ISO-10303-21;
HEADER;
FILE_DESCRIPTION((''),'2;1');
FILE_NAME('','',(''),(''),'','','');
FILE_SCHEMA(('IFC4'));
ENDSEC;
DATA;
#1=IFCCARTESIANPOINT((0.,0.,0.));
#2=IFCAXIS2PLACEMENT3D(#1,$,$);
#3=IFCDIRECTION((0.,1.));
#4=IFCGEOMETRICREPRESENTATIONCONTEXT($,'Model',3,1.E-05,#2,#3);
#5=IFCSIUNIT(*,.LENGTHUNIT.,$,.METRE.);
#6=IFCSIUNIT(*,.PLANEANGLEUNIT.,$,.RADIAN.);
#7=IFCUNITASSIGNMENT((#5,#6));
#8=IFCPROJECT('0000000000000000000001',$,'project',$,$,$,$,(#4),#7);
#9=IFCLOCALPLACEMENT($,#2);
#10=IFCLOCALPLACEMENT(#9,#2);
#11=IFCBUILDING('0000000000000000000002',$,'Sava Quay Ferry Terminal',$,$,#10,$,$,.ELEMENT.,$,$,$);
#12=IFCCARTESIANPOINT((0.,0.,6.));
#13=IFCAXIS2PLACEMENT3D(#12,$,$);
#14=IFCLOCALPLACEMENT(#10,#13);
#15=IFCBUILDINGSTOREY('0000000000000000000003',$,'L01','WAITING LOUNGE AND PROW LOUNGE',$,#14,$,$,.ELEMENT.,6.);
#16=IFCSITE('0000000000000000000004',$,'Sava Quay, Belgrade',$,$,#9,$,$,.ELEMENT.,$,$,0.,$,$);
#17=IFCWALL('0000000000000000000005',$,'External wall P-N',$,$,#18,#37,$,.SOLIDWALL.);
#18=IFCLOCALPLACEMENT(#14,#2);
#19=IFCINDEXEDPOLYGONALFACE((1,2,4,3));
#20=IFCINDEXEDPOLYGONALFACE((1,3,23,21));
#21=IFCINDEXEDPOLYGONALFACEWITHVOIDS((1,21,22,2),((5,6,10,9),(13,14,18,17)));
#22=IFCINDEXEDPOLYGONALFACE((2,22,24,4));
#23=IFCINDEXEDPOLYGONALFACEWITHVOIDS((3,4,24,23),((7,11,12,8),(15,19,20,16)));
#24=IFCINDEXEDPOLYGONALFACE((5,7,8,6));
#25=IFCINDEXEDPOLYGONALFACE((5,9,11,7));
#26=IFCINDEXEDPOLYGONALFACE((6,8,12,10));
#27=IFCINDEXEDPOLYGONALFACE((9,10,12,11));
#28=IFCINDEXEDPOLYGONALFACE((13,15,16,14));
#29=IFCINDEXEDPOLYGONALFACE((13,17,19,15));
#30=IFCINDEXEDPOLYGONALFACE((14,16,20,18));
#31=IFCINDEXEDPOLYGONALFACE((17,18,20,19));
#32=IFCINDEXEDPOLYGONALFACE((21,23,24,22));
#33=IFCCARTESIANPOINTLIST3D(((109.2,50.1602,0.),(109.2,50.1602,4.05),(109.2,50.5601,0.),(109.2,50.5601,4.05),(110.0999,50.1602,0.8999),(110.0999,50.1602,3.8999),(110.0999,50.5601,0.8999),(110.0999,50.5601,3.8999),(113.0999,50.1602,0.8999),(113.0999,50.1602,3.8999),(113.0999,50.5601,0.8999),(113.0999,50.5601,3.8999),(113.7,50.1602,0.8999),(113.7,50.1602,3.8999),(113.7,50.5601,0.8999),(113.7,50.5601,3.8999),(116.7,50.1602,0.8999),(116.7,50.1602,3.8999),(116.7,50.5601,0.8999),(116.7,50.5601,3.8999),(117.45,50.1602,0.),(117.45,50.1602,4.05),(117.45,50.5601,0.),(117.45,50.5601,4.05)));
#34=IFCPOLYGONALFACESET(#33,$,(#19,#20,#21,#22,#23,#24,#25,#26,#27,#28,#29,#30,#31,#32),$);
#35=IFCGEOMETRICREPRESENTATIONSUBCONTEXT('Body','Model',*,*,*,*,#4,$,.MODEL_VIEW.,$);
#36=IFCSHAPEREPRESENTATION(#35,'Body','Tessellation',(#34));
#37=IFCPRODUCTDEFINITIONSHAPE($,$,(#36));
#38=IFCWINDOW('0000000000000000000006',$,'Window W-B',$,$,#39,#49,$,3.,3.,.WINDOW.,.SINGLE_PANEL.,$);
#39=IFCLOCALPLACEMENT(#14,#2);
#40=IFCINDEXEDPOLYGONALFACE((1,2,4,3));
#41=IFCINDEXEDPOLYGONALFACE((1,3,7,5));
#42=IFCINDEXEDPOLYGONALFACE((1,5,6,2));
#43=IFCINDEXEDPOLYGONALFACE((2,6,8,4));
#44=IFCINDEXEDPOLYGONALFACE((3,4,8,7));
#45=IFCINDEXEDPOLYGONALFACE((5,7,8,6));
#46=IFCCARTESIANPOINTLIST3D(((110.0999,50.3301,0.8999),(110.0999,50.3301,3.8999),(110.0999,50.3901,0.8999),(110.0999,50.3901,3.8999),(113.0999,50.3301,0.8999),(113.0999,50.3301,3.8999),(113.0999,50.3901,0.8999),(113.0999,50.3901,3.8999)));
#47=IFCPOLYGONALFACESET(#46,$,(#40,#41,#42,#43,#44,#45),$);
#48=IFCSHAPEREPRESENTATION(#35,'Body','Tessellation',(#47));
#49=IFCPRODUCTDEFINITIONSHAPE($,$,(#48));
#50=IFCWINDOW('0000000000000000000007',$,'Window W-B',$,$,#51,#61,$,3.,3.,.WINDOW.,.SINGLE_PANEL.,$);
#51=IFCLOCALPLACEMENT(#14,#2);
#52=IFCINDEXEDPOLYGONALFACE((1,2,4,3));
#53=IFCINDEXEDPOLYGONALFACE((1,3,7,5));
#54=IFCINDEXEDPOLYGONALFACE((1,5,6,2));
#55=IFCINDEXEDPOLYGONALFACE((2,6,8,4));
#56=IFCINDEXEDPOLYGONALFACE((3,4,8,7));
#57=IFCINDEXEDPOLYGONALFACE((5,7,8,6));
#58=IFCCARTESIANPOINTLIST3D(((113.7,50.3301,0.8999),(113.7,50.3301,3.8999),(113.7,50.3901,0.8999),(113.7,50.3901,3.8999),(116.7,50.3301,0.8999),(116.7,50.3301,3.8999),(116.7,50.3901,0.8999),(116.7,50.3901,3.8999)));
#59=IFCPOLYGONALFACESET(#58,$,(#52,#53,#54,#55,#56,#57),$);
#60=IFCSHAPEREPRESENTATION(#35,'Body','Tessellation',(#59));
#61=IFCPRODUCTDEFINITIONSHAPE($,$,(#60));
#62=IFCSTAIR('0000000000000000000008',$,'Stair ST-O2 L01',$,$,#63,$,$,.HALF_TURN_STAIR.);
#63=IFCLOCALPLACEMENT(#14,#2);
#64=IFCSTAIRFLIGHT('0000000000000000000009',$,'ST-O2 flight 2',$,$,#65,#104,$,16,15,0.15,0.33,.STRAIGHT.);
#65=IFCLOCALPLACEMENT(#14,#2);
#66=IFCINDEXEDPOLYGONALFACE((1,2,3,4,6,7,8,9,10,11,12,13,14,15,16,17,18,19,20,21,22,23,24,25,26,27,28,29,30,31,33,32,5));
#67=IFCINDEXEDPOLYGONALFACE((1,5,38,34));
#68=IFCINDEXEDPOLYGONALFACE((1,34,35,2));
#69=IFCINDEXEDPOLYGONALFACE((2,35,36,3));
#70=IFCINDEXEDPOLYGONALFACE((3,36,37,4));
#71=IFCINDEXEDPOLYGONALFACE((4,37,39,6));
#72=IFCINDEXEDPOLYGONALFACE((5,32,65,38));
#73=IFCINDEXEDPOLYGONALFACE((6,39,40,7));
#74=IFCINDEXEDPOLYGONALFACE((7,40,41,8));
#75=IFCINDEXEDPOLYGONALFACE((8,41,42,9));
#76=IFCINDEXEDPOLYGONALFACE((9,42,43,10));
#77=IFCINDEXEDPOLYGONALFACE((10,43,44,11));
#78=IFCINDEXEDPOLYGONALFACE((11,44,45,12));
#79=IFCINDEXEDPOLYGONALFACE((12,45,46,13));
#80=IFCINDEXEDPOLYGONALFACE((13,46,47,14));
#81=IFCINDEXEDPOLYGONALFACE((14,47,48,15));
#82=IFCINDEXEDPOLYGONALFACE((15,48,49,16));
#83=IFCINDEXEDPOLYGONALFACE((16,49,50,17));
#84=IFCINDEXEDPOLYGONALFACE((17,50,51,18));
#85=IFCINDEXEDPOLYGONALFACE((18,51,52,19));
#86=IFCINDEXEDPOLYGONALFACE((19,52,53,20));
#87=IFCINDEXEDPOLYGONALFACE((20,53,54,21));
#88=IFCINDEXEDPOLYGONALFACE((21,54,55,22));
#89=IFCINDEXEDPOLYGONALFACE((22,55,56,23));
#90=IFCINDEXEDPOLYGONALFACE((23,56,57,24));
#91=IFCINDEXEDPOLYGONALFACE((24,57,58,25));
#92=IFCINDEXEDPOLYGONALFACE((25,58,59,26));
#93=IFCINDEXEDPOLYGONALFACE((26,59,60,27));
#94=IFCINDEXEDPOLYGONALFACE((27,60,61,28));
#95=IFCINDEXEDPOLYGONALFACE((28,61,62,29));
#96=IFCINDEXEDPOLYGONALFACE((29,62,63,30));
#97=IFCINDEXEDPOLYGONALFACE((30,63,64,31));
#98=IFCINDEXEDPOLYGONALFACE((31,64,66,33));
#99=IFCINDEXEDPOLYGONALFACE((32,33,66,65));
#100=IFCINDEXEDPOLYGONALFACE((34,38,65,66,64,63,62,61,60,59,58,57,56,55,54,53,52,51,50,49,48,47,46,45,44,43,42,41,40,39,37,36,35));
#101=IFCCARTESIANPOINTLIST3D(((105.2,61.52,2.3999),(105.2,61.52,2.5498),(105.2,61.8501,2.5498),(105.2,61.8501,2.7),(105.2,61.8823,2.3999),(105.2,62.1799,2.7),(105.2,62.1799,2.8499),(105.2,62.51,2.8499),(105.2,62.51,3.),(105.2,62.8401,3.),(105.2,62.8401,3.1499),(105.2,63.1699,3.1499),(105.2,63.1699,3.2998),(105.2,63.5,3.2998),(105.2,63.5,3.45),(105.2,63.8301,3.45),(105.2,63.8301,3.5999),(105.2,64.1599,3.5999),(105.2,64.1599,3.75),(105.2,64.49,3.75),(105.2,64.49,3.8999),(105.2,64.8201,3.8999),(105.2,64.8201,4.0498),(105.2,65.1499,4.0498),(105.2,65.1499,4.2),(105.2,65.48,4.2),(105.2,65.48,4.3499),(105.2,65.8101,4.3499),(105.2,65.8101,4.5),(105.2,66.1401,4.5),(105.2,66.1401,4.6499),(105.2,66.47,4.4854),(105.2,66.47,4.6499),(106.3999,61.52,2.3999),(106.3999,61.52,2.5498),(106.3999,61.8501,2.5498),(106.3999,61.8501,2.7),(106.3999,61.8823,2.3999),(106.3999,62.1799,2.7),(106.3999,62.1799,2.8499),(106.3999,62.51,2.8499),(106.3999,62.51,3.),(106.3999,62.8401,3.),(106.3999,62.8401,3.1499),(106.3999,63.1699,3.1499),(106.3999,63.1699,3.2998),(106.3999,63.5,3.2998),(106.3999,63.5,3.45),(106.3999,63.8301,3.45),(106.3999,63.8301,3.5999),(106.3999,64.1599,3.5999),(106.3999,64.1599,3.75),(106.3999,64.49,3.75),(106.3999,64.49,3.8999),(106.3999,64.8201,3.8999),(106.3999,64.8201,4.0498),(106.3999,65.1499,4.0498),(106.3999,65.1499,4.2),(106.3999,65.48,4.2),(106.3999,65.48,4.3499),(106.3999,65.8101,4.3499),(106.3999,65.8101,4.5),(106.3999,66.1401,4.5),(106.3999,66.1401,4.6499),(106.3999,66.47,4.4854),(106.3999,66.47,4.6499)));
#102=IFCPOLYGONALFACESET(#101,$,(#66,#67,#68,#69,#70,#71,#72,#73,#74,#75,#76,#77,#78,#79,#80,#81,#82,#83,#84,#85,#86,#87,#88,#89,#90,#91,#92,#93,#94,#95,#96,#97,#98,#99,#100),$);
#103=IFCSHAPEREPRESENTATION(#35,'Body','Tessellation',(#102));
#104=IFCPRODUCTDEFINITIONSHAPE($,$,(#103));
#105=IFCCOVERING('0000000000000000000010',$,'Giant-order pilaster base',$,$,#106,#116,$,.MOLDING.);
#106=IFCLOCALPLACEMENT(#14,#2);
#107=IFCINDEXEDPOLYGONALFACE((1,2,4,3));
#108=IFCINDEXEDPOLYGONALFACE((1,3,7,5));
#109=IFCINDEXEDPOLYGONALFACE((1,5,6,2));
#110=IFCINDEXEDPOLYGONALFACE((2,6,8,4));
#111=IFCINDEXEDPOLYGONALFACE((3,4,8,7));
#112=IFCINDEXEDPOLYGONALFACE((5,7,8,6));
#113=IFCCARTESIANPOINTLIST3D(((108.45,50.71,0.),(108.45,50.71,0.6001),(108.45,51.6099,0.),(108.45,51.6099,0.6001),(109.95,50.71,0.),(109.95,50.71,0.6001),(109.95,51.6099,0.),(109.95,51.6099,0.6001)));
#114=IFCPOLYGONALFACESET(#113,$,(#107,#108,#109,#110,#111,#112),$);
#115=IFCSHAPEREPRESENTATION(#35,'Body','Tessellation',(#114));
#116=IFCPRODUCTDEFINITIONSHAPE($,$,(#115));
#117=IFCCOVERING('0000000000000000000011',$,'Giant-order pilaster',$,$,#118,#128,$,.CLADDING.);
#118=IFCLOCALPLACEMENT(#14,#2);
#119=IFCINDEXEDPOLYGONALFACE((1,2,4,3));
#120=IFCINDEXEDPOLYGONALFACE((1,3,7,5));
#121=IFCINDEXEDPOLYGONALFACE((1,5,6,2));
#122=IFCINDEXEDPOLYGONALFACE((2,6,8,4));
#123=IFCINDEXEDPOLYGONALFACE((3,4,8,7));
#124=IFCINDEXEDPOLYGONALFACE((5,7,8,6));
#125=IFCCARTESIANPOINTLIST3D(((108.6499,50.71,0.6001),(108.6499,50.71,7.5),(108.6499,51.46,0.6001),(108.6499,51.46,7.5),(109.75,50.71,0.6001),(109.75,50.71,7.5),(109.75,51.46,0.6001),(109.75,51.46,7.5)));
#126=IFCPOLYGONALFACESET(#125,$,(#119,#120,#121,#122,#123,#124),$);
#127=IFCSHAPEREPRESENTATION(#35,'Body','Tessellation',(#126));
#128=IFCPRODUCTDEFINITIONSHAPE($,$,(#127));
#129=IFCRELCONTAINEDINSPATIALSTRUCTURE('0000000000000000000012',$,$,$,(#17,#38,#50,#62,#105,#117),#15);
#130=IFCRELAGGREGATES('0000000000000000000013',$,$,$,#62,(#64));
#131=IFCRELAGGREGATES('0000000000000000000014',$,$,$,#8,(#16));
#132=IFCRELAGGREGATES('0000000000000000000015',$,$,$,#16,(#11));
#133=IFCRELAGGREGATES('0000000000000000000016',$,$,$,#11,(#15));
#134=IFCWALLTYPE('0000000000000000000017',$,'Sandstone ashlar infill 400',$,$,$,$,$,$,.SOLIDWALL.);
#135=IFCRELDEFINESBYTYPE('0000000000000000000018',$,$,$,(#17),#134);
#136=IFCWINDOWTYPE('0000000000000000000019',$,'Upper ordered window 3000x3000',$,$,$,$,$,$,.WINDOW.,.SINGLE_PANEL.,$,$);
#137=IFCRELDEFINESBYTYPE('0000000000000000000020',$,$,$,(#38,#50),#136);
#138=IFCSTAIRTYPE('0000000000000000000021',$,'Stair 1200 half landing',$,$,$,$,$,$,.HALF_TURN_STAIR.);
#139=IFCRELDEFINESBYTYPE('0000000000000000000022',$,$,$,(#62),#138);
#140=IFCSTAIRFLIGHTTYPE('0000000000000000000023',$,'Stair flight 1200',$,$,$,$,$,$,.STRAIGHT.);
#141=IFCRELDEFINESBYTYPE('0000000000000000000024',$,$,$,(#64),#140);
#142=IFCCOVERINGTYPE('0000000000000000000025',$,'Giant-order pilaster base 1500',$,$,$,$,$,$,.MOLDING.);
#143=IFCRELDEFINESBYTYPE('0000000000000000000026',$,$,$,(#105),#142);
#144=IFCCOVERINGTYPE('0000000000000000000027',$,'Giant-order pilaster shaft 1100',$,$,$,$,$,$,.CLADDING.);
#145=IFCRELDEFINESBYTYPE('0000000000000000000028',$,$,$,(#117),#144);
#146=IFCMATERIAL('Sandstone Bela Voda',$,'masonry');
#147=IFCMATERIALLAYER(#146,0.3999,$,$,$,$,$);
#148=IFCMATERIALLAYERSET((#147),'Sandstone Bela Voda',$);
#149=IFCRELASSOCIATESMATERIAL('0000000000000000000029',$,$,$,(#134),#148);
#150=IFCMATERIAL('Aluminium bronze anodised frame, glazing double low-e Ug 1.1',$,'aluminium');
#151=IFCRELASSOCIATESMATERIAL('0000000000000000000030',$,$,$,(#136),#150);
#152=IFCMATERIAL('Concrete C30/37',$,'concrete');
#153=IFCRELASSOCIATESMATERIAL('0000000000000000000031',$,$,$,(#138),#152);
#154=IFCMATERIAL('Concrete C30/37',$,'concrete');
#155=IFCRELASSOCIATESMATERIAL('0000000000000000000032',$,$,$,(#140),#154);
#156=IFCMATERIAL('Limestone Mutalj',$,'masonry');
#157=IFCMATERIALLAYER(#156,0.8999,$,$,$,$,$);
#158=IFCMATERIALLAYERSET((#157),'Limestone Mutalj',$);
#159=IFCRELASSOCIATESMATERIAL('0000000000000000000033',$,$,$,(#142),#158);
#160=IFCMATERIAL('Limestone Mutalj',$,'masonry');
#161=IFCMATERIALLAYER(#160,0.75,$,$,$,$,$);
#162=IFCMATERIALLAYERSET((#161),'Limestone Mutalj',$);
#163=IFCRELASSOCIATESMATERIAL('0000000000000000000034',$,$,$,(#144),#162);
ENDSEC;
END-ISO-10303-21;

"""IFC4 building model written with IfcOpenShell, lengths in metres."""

from ifc_helpers import new_model, si_unit, direction, frame, frame_2d, origin, origin_2d, place, context, subcontext, project, spatial, polyline, rectangle, outline, extrude, material, layer, layer_set, type_object, element, fill, aggregate, save


model = new_model("IFC4")

# Units and contexts
model_context = context("Model", 3, precision=1e-05, world=origin(), true_north=direction((0.0, 1.0)))
body_context = subcontext(model_context, "Body", "Model", "MODEL_VIEW")
ifc_project = project(units=[si_unit("LENGTHUNIT", "METRE"), si_unit("PLANEANGLEUNIT", "RADIAN")], contexts=[model_context])

# Site, building, storey
site_placement = place(None, origin())
site = spatial("IfcSite", under=ifc_project, at=site_placement, Name="Sava Quay, Belgrade", CompositionType="ELEMENT", RefElevation=0.0)
building_placement = place(site_placement, origin())
building = spatial("IfcBuilding", under=site, at=building_placement, Name="Sava Quay Ferry Terminal", CompositionType="ELEMENT")
storey_placement = place(building_placement, frame((0.0, 0.0, 6.0)))
storey = spatial("IfcBuildingStorey", under=building, at=storey_placement, Name="L01", Description="WAITING LOUNGE AND PROW LOUNGE", CompositionType="ELEMENT", Elevation=6.0)

# Wall, openings, windows
ifc_material_1 = material(Name="Sandstone Bela Voda", Category="masonry")
ifc_layer_1 = layer(ifc_material_1, 0.3999)
ifc_layer_set_1 = layer_set([ifc_layer_1], Name="Sandstone Bela Voda")
wall_type_1 = type_object("IfcWallType", Name="Sandstone ashlar infill 400", PredefinedType="SOLIDWALL", material=ifc_layer_set_1)
wall_1_placement = place(storey_placement, frame((109.2, 50.3601, 0.0), z_axis=(0.0, 0.0, 1.0), x_axis=(1.0, 0.0, 0.0)))
wall_1 = element("IfcWall", 1, at=wall_1_placement, inside=storey, type_object=wall_type_1, Name="External wall P-N", PredefinedType="SOLIDWALL", context=body_context, shape_type="SweptSolid", body=[
    extrude(rectangle(XDim=8.25, YDim=0.3999, at=frame_2d((4.125, 0.0))), origin(), (0.0, 0.0, 1.0), 4.05),
])
opening_1_placement = place(wall_1_placement, frame((0.8999, 0.0, 0.8999)))
opening_1 = element("IfcOpeningElement", 2, at=opening_1_placement, cuts=wall_1, PredefinedType="OPENING", context=body_context, shape_type="SweptSolid", body=[
    extrude(rectangle(XDim=3.0, YDim=3.0, at=frame_2d((1.5, 1.5))), frame((0.0, 0.2, 0.0), z_axis=(0.0, -1.0, 0.0), x_axis=(1.0, 0.0, 0.0)), (0.0, 0.0, 1.0), 0.3999),
])
opening_2_placement = place(wall_1_placement, frame((4.5, 0.0, 0.8999)))
opening_2 = element("IfcOpeningElement", 3, at=opening_2_placement, cuts=wall_1, PredefinedType="OPENING", context=body_context, shape_type="SweptSolid", body=[
    extrude(rectangle(XDim=3.0, YDim=3.0, at=frame_2d((1.5, 1.5))), frame((0.0, 0.2, 0.0), z_axis=(0.0, -1.0, 0.0), x_axis=(1.0, 0.0, 0.0)), (0.0, 0.0, 1.0), 0.3999),
])
ifc_material_2 = material(Name="Aluminium bronze anodised frame, glazing double low-e Ug 1.1", Category="aluminium")
window_type = type_object("IfcWindowType", Name="Upper ordered window 3000x3000", PartitioningType="SINGLE_PANEL", PredefinedType="WINDOW", material=ifc_material_2)
window_1_placement = place(opening_1_placement, origin())
window_1 = element("IfcWindow", 4, at=window_1_placement, inside=storey, type_object=window_type, Name="Window W-B", OverallHeight=3.0, OverallWidth=3.0, PartitioningType="SINGLE_PANEL", PredefinedType="WINDOW", context=body_context, shape_type="SweptSolid", body=[
    extrude(rectangle(XDim=3.0, YDim=3.0, at=frame_2d((1.5, 1.5))), frame((0.0, 0.03, 0.0), z_axis=(0.0, -1.0, 0.0), x_axis=(1.0, 0.0, 0.0)), (0.0, 0.0, 1.0), 0.0601),
])
fill(opening_1, window_1)
window_2_placement = place(opening_2_placement, origin())
window_2 = element("IfcWindow", 5, at=window_2_placement, inside=storey, type_object=window_type, Name="Window W-B", OverallHeight=3.0, OverallWidth=3.0, PartitioningType="SINGLE_PANEL", PredefinedType="WINDOW", context=body_context, shape_type="SweptSolid", body=[
    extrude(rectangle(XDim=3.0, YDim=3.0, at=frame_2d((1.5, 1.5))), frame((0.0, 0.03, 0.0), z_axis=(0.0, -1.0, 0.0), x_axis=(1.0, 0.0, 0.0)), (0.0, 0.0, 1.0), 0.0601),
])
fill(opening_2, window_2)

# Stair, stair flight
ifc_material_3 = material(Name="Concrete C30/37", Category="concrete")
stair_type = type_object("IfcStairType", Name="Stair 1200 half landing", PredefinedType="HALF_TURN_STAIR", material=ifc_material_3)
stair_placement = place(storey_placement, origin())
stair = element("IfcStair", 6, at=stair_placement, inside=storey, type_object=stair_type, Name="Stair ST-O2 L01", PredefinedType="HALF_TURN_STAIR")
ifc_material_4 = material(Name="Concrete C30/37", Category="concrete")
stair_flight_type = type_object("IfcStairFlightType", Name="Stair flight 1200", PredefinedType="STRAIGHT", material=ifc_material_4)
stair_flight_placement = place(storey_placement, frame((105.8, 61.52, 2.3999), z_axis=(0.0, 0.0, 1.0), x_axis=(0.0, 1.0, 0.0)))
stair_flight = element("IfcStairFlight", 7, at=stair_flight_placement, type_object=stair_flight_type, Name="ST-O2 flight 2", NumberOfRisers=16, NumberOfTreads=15, PredefinedType="STRAIGHT", RiserHeight=0.15, TreadLength=0.33, context=body_context, shape_type="SweptSolid", body=[
    extrude(outline(polyline([(0.0, 0.0), (0.0, 0.1499), (0.3301, 0.1499), (0.3301, 0.3), (0.6599, 0.3), (0.6599, 0.45), (0.99, 0.45), (0.99, 0.6001), (1.3201, 0.6001), (1.3201, 0.75), (1.6499, 0.75), (1.6499, 0.8999), (1.98, 0.8999), (1.98, 1.05), (2.3101, 1.05), (2.3101, 1.2), (2.6399, 1.2), (2.6399, 1.3501), (2.97, 1.3501), (2.97, 1.5), (3.3, 1.5), (3.3, 1.6499), (3.6299, 1.6499), (3.6299, 1.8), (3.96, 1.8), (3.96, 1.95), (4.29, 1.95), (4.29, 2.1001), (4.6201, 2.1001), (4.6201, 2.25), (4.95, 2.25), (4.95, 2.3999), (4.95, 2.0854), (0.3623, 0.0), (0.0, 0.0)])), frame((0.0, 0.6001, 0.0), z_axis=(0.0, -1.0, 0.0), x_axis=(1.0, 0.0, 0.0)), (0.0, 0.0, 1.0), 1.2),
])
aggregate(stair, [stair_flight])

# Coverings
ifc_material_5 = material(Name="Limestone Mutalj", Category="masonry")
ifc_layer_2 = layer(ifc_material_5, 0.8999)
ifc_layer_set_2 = layer_set([ifc_layer_2], Name="Limestone Mutalj")
covering_type_1 = type_object("IfcCoveringType", Name="Giant-order pilaster base 1500", PredefinedType="MOLDING", material=ifc_layer_set_2)
covering_1_placement = place(storey_placement, frame((109.2, 51.1599, 0.0), z_axis=(0.0, 0.0, 1.0), x_axis=(1.0, 0.0, 0.0)))
element("IfcCovering", 8, at=covering_1_placement, inside=storey, type_object=covering_type_1, Name="Giant-order pilaster base", PredefinedType="MOLDING", context=body_context, shape_type="SweptSolid", body=[
    extrude(rectangle(XDim=1.5, YDim=0.8999, at=origin_2d()), origin(), (0.0, 0.0, 1.0), 0.6001),
])
ifc_material_6 = material(Name="Limestone Mutalj", Category="masonry")
ifc_layer_3 = layer(ifc_material_6, 0.75)
ifc_layer_set_3 = layer_set([ifc_layer_3], Name="Limestone Mutalj")
covering_type_2 = type_object("IfcCoveringType", Name="Giant-order pilaster shaft 1100", PredefinedType="CLADDING", material=ifc_layer_set_3)
covering_2_placement = place(storey_placement, frame((109.2, 51.085, 0.6001), z_axis=(0.0, 0.0, 1.0), x_axis=(1.0, 0.0, 0.0)))
element("IfcCovering", 9, at=covering_2_placement, inside=storey, type_object=covering_type_2, Name="Giant-order pilaster", PredefinedType="CLADDING", context=body_context, shape_type="SweptSolid", body=[
    extrude(rectangle(XDim=1.1001, YDim=0.75, at=origin_2d()), origin(), (0.0, 0.0, 1.0), 6.8999),
])

save(model, "model.ifc")
